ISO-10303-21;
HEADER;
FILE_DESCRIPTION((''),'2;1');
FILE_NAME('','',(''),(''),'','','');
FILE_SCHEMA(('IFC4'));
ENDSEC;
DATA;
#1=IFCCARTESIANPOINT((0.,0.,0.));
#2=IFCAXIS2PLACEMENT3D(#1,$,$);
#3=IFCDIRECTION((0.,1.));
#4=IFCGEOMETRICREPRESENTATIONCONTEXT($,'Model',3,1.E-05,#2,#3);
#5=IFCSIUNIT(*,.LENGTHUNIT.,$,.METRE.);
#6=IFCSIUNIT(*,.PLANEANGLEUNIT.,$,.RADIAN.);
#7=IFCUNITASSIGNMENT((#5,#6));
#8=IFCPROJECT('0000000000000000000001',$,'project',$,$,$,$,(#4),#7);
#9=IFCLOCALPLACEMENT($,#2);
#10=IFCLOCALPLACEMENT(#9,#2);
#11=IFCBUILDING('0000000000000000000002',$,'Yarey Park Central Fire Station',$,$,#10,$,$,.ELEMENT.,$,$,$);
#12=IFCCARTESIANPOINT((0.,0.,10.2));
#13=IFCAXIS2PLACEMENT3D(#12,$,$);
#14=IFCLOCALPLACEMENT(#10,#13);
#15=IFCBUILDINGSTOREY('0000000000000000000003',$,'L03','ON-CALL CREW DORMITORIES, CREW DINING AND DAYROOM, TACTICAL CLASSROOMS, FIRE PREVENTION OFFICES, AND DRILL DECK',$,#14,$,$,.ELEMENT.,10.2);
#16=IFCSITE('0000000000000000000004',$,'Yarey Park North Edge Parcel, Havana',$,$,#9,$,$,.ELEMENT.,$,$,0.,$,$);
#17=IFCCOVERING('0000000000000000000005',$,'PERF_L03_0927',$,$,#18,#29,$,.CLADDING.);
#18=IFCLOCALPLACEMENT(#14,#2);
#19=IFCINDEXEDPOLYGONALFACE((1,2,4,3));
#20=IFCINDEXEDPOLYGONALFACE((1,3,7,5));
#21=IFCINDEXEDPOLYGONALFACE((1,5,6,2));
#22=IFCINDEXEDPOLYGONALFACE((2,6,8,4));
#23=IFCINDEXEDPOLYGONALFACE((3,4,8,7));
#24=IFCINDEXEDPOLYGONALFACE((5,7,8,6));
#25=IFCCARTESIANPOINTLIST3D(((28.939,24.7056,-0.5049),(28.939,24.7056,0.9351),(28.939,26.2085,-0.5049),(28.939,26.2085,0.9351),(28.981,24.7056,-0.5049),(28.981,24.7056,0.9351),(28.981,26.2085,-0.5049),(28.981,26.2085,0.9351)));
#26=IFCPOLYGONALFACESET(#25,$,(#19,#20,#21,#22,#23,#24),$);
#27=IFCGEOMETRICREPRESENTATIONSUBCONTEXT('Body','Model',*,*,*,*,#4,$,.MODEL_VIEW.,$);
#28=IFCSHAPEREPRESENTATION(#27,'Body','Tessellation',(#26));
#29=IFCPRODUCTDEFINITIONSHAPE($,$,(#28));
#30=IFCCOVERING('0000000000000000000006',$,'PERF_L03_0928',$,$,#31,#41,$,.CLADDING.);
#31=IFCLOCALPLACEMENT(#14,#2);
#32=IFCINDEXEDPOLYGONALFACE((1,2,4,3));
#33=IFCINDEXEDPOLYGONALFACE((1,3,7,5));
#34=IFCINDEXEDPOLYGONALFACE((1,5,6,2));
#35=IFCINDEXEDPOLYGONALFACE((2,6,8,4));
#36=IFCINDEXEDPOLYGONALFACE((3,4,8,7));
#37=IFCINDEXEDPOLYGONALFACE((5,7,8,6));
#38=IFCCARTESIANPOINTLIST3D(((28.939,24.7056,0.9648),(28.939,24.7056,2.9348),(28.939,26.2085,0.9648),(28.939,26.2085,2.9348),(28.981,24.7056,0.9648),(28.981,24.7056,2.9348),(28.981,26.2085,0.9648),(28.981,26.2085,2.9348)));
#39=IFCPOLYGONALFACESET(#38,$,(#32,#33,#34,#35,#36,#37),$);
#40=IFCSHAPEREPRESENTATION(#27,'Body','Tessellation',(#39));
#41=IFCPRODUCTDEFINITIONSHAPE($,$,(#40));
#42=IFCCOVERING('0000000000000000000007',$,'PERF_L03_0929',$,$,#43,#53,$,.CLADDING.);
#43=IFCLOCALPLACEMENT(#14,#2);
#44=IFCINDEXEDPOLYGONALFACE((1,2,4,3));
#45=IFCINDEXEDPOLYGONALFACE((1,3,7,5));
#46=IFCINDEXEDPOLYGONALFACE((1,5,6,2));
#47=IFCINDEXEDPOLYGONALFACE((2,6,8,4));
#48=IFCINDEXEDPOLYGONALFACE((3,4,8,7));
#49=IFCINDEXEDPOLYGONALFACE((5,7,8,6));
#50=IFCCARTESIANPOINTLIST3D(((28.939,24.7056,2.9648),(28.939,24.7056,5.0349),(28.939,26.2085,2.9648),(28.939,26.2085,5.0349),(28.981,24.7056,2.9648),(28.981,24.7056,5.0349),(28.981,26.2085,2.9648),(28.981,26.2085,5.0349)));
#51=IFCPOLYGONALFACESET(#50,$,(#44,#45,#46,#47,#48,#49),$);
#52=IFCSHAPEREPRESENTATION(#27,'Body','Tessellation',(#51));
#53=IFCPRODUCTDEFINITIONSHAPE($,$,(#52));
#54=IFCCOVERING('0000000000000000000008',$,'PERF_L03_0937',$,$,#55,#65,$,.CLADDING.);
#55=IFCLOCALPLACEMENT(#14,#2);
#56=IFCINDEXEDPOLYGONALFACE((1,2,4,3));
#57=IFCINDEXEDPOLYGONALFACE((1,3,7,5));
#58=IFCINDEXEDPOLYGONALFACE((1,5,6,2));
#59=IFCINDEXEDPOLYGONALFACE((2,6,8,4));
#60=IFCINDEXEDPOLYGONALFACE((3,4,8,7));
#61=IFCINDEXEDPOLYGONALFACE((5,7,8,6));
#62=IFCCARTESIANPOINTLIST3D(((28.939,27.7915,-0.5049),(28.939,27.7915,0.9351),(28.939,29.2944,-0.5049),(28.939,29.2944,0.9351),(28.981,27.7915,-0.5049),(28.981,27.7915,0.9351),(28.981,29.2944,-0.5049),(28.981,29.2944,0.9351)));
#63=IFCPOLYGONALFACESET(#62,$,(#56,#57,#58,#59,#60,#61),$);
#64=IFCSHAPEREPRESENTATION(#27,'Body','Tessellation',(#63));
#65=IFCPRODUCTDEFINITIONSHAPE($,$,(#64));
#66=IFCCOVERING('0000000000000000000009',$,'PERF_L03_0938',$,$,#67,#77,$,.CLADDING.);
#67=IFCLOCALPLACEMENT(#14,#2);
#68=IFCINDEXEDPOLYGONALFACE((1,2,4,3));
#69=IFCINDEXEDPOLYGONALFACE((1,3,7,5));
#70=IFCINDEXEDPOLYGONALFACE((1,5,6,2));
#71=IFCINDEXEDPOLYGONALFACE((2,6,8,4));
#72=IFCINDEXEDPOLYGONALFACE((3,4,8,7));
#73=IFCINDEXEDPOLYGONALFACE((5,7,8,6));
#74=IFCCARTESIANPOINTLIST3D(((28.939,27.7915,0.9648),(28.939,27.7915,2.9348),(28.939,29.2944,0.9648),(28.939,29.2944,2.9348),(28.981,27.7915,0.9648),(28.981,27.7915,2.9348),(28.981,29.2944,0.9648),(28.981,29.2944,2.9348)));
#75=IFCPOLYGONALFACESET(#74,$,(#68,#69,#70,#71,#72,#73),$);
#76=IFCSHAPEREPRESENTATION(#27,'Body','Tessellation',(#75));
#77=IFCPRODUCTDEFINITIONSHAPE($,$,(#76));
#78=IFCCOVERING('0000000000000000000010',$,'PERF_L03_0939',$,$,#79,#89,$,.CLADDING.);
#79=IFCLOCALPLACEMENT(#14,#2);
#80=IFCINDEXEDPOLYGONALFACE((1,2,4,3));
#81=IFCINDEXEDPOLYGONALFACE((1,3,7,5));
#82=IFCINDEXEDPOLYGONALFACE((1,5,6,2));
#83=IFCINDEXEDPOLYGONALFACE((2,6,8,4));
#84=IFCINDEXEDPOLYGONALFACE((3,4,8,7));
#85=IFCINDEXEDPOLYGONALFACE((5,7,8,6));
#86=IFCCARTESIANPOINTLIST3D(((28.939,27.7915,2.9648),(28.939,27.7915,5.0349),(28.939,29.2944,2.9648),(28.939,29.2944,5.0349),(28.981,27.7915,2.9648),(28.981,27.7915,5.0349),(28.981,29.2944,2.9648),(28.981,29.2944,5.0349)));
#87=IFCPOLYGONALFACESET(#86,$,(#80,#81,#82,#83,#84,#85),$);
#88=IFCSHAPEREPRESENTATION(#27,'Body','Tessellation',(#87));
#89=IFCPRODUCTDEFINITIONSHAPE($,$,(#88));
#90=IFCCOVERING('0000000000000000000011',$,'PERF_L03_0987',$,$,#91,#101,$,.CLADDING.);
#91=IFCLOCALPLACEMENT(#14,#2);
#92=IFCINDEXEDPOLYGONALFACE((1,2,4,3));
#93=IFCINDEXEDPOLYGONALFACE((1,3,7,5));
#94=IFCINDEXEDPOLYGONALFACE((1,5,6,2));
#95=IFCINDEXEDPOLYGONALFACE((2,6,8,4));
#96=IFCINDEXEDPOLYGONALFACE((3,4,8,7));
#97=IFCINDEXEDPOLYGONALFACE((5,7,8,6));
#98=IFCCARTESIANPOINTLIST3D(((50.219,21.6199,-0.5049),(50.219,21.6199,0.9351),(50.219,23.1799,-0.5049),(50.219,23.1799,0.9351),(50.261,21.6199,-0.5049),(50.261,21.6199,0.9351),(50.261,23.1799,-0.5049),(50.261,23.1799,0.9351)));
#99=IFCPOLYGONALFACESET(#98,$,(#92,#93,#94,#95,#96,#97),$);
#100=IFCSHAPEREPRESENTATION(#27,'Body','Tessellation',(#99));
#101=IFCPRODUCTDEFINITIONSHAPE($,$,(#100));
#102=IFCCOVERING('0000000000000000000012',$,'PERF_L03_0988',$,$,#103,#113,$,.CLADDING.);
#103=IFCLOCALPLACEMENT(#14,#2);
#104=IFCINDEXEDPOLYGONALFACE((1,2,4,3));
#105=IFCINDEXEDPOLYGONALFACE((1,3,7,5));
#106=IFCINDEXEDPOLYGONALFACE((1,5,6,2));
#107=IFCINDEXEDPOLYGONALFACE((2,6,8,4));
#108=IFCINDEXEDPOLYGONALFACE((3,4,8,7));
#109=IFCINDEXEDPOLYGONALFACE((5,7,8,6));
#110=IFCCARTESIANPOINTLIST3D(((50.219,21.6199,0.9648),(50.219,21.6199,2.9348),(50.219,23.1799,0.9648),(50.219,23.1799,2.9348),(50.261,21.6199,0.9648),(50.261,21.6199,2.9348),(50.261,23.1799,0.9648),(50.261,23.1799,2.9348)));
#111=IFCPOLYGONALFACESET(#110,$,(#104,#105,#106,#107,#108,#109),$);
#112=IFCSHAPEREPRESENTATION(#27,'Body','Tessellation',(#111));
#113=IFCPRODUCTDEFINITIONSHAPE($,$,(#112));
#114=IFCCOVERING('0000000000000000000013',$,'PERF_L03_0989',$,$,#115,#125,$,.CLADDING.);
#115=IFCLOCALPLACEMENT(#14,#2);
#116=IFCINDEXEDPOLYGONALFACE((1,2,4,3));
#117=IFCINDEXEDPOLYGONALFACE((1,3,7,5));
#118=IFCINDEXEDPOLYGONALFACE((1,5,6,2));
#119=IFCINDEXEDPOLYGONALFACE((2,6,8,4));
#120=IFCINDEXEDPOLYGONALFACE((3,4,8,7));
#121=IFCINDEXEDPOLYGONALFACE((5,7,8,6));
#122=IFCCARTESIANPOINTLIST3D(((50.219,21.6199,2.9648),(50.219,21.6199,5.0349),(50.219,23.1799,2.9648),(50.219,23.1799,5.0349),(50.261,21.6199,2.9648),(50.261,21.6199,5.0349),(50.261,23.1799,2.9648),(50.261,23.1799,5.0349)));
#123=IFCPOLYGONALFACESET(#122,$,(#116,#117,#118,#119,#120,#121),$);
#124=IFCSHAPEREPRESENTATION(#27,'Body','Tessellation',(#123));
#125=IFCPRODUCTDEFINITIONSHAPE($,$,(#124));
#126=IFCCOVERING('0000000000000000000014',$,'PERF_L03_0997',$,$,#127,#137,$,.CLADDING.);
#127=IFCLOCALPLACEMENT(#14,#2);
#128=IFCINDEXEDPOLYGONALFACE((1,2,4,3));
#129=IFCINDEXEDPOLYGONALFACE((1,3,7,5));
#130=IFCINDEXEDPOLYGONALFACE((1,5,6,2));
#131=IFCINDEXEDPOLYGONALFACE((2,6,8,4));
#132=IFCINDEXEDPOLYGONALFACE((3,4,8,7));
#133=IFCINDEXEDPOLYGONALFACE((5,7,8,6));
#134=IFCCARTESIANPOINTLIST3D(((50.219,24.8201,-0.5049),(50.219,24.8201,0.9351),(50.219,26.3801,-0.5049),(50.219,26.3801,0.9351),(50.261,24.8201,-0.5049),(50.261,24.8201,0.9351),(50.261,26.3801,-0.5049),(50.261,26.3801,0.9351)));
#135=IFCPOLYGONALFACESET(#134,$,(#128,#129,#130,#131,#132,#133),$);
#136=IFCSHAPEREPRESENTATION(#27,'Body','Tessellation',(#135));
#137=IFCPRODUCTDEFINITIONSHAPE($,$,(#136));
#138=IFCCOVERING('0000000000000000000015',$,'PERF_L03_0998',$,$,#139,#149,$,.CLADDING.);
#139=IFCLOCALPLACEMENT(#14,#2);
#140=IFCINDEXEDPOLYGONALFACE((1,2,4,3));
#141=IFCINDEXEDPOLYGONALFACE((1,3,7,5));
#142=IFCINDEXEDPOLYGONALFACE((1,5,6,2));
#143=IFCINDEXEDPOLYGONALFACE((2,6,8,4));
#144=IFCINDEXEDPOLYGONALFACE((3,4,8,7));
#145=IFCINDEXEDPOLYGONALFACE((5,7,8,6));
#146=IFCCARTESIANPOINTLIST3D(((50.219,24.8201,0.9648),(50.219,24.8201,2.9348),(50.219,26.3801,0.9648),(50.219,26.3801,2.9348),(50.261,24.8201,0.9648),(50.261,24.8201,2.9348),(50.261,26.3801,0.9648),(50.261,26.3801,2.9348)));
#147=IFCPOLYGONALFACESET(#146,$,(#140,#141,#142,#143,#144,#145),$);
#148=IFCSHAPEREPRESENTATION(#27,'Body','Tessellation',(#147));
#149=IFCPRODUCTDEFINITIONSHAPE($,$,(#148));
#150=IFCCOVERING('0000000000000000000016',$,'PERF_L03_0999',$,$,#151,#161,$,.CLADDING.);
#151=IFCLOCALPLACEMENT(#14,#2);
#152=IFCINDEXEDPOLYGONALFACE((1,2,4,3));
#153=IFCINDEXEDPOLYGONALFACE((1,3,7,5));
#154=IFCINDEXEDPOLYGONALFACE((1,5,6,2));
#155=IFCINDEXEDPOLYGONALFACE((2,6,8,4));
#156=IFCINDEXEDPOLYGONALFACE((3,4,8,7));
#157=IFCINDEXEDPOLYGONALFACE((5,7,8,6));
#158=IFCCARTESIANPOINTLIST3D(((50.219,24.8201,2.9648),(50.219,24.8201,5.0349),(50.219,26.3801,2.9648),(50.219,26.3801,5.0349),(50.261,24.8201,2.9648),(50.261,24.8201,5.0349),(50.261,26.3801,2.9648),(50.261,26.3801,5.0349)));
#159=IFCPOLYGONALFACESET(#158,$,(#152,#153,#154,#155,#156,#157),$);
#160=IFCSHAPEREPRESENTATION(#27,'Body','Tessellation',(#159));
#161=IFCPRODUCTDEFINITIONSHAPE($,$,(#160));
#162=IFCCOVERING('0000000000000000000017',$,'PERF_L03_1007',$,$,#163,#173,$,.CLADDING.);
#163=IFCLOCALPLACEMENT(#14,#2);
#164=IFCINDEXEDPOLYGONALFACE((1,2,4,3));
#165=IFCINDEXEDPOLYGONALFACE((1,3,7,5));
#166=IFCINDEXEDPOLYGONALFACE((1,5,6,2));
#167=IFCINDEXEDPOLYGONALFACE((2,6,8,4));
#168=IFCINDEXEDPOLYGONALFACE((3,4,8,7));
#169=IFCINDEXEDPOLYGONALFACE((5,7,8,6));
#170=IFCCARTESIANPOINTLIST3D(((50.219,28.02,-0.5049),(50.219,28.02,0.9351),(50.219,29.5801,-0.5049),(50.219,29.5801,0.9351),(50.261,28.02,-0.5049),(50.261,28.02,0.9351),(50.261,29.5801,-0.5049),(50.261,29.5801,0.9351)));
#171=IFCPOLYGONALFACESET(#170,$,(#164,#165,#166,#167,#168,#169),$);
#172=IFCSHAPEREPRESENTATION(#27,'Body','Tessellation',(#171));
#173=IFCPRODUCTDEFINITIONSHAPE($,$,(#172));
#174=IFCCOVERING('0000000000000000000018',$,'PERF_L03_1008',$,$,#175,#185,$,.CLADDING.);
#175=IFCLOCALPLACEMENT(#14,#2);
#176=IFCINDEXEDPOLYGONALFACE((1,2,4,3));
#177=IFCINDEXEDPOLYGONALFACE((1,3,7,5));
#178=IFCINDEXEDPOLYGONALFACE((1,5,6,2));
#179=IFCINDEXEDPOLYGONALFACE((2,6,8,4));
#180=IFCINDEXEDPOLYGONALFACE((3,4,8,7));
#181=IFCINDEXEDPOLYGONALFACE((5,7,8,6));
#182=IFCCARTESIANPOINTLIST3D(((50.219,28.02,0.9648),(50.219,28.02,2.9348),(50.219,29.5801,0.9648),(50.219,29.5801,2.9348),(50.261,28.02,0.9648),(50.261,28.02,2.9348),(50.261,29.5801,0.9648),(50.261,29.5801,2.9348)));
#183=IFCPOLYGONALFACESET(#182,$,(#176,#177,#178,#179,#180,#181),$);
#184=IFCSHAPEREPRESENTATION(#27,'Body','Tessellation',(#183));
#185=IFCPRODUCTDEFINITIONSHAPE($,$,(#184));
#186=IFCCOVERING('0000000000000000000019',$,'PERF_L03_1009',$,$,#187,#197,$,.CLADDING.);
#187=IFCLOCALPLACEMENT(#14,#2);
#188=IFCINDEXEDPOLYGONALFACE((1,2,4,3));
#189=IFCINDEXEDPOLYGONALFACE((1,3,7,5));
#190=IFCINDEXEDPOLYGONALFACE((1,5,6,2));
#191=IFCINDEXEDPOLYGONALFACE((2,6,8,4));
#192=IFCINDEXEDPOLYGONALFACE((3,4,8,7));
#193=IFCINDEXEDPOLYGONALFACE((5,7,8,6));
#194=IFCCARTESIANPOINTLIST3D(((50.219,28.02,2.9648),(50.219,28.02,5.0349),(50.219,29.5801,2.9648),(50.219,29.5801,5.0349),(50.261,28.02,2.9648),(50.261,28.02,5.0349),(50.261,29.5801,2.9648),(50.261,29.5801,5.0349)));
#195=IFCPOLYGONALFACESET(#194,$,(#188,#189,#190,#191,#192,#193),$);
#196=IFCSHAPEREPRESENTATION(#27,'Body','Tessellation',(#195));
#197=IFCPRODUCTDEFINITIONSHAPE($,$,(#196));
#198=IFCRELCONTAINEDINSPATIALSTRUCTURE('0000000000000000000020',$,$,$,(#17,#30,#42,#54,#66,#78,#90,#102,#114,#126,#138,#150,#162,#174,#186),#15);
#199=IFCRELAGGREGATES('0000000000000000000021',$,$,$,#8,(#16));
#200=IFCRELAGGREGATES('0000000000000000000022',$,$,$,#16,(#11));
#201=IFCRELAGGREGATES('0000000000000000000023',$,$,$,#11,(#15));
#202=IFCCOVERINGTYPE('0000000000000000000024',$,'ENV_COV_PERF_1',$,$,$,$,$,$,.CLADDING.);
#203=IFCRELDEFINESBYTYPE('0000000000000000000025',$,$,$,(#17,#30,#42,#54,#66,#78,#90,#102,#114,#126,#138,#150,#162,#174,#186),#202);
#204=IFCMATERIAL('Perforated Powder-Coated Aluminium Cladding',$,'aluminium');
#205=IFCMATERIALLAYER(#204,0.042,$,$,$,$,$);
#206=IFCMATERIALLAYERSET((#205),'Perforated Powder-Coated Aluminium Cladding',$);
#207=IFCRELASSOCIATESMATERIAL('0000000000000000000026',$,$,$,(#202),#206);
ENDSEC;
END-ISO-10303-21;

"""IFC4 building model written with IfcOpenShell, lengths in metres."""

from ifc_helpers import new_model, si_unit, direction, frame, origin, origin_2d, place, context, subcontext, project, spatial, rectangle, extrude, material, layer, layer_set, type_object, element, save


model = new_model("IFC4")

# Units and contexts
model_context = context("Model", 3, precision=1e-05, world=origin(), true_north=direction((0.0, 1.0)))
body_context = subcontext(model_context, "Body", "Model", "MODEL_VIEW")
ifc_project = project(units=[si_unit("LENGTHUNIT", "METRE"), si_unit("PLANEANGLEUNIT", "RADIAN")], contexts=[model_context])

# Site, building, storey
site_placement = place(None, origin())
site = spatial("IfcSite", under=ifc_project, at=site_placement, Name="Yarey Park North Edge Parcel, Havana", CompositionType="ELEMENT", RefElevation=0.0)
building_placement = place(site_placement, origin())
building = spatial("IfcBuilding", under=site, at=building_placement, Name="Yarey Park Central Fire Station", CompositionType="ELEMENT")
storey_placement = place(building_placement, frame((0.0, 0.0, 10.2)))
storey = spatial("IfcBuildingStorey", under=building, at=storey_placement, Name="L03", Description="ON-CALL CREW DORMITORIES, CREW DINING AND DAYROOM, TACTICAL CLASSROOMS, FIRE PREVENTION OFFICES, AND DRILL DECK", CompositionType="ELEMENT", Elevation=10.2)

# Coverings
ifc_material = material(Name="Perforated Powder-Coated Aluminium Cladding", Category="aluminium")
ifc_layer_1 = layer(ifc_material, 0.042)
ifc_layer_set_1 = layer_set([ifc_layer_1], Name="Perforated Powder-Coated Aluminium Cladding")
covering_type_1 = type_object("IfcCoveringType", Name="ENV_COV_PERF_1", PredefinedType="CLADDING", material=ifc_layer_set_1)
covering_1_placement = place(storey_placement, frame((28.96, 25.457, -0.5049), z_axis=(0.0, 0.0, 1.0), x_axis=(0.0, 1.0, 0.0)))
element("IfcCovering", 1, at=covering_1_placement, inside=storey, type_object=covering_type_1, Name="PERF_L03_0927", PredefinedType="CLADDING", context=body_context, shape_type="SweptSolid", body=[
    extrude(rectangle(XDim=1.5029, YDim=0.042, at=origin_2d()), origin(), (0.0, 0.0, 1.0), 1.4399),
])
covering_2_placement = place(storey_placement, frame((28.96, 25.457, 0.9648), z_axis=(0.0, 0.0, 1.0), x_axis=(0.0, 1.0, 0.0)))
element("IfcCovering", 2, at=covering_2_placement, inside=storey, type_object=covering_type_1, Name="PERF_L03_0928", PredefinedType="CLADDING", context=body_context, shape_type="SweptSolid", body=[
    extrude(rectangle(XDim=1.5029, YDim=0.042, at=origin_2d()), origin(), (0.0, 0.0, 1.0), 1.97),
])
covering_3_placement = place(storey_placement, frame((28.96, 25.457, 2.9648), z_axis=(0.0, 0.0, 1.0), x_axis=(0.0, 1.0, 0.0)))
element("IfcCovering", 3, at=covering_3_placement, inside=storey, type_object=covering_type_1, Name="PERF_L03_0929", PredefinedType="CLADDING", context=body_context, shape_type="SweptSolid", body=[
    extrude(rectangle(XDim=1.5029, YDim=0.042, at=origin_2d()), origin(), (0.0, 0.0, 1.0), 2.0701),
])
covering_4_placement = place(storey_placement, frame((28.96, 28.543, -0.5049), z_axis=(0.0, 0.0, 1.0), x_axis=(0.0, 1.0, 0.0)))
element("IfcCovering", 4, at=covering_4_placement, inside=storey, type_object=covering_type_1, Name="PERF_L03_0937", PredefinedType="CLADDING", context=body_context, shape_type="SweptSolid", body=[
    extrude(rectangle(XDim=1.5029, YDim=0.042, at=origin_2d()), origin(), (0.0, 0.0, 1.0), 1.4399),
])
covering_5_placement = place(storey_placement, frame((28.96, 28.543, 0.9648), z_axis=(0.0, 0.0, 1.0), x_axis=(0.0, 1.0, 0.0)))
element("IfcCovering", 5, at=covering_5_placement, inside=storey, type_object=covering_type_1, Name="PERF_L03_0938", PredefinedType="CLADDING", context=body_context, shape_type="SweptSolid", body=[
    extrude(rectangle(XDim=1.5029, YDim=0.042, at=origin_2d()), origin(), (0.0, 0.0, 1.0), 1.97),
])
covering_6_placement = place(storey_placement, frame((28.96, 28.543, 2.9648), z_axis=(0.0, 0.0, 1.0), x_axis=(0.0, 1.0, 0.0)))
element("IfcCovering", 6, at=covering_6_placement, inside=storey, type_object=covering_type_1, Name="PERF_L03_0939", PredefinedType="CLADDING", context=body_context, shape_type="SweptSolid", body=[
    extrude(rectangle(XDim=1.5029, YDim=0.042, at=origin_2d()), origin(), (0.0, 0.0, 1.0), 2.0701),
])
covering_7_placement = place(storey_placement, frame((50.24, 22.3999, -0.5049), z_axis=(0.0, 0.0, 1.0), x_axis=(0.0, 1.0, 0.0)))
element("IfcCovering", 7, at=covering_7_placement, inside=storey, type_object=covering_type_1, Name="PERF_L03_0987", PredefinedType="CLADDING", context=body_context, shape_type="SweptSolid", body=[
    extrude(rectangle(XDim=1.5601, YDim=0.042, at=origin_2d()), origin(), (0.0, 0.0, 1.0), 1.4399),
])
covering_8_placement = place(storey_placement, frame((50.24, 22.3999, 0.9648), z_axis=(0.0, 0.0, 1.0), x_axis=(0.0, 1.0, 0.0)))
element("IfcCovering", 8, at=covering_8_placement, inside=storey, type_object=covering_type_1, Name="PERF_L03_0988", PredefinedType="CLADDING", context=body_context, shape_type="SweptSolid", body=[
    extrude(rectangle(XDim=1.5601, YDim=0.042, at=origin_2d()), origin(), (0.0, 0.0, 1.0), 1.97),
])
covering_9_placement = place(storey_placement, frame((50.24, 22.3999, 2.9648), z_axis=(0.0, 0.0, 1.0), x_axis=(0.0, 1.0, 0.0)))
element("IfcCovering", 9, at=covering_9_placement, inside=storey, type_object=covering_type_1, Name="PERF_L03_0989", PredefinedType="CLADDING", context=body_context, shape_type="SweptSolid", body=[
    extrude(rectangle(XDim=1.5601, YDim=0.042, at=origin_2d()), origin(), (0.0, 0.0, 1.0), 2.0701),
])
covering_10_placement = place(storey_placement, frame((50.24, 25.6001, -0.5049), z_axis=(0.0, 0.0, 1.0), x_axis=(0.0, 1.0, 0.0)))
element("IfcCovering", 10, at=covering_10_placement, inside=storey, type_object=covering_type_1, Name="PERF_L03_0997", PredefinedType="CLADDING", context=body_context, shape_type="SweptSolid", body=[
    extrude(rectangle(XDim=1.5601, YDim=0.042, at=origin_2d()), origin(), (0.0, 0.0, 1.0), 1.4399),
])
covering_11_placement = place(storey_placement, frame((50.24, 25.6001, 0.9648), z_axis=(0.0, 0.0, 1.0), x_axis=(0.0, 1.0, 0.0)))
element("IfcCovering", 11, at=covering_11_placement, inside=storey, type_object=covering_type_1, Name="PERF_L03_0998", PredefinedType="CLADDING", context=body_context, shape_type="SweptSolid", body=[
    extrude(rectangle(XDim=1.5601, YDim=0.042, at=origin_2d()), origin(), (0.0, 0.0, 1.0), 1.97),
])
covering_12_placement = place(storey_placement, frame((50.24, 25.6001, 2.9648), z_axis=(0.0, 0.0, 1.0), x_axis=(0.0, 1.0, 0.0)))
element("IfcCovering", 12, at=covering_12_placement, inside=storey, type_object=covering_type_1, Name="PERF_L03_0999", PredefinedType="CLADDING", context=body_context, shape_type="SweptSolid", body=[
    extrude(rectangle(XDim=1.5601, YDim=0.042, at=origin_2d()), origin(), (0.0, 0.0, 1.0), 2.0701),
])
covering_13_placement = place(storey_placement, frame((50.24, 28.8, -0.5049), z_axis=(0.0, 0.0, 1.0), x_axis=(0.0, 1.0, 0.0)))
element("IfcCovering", 13, at=covering_13_placement, inside=storey, type_object=covering_type_1, Name="PERF_L03_1007", PredefinedType="CLADDING", context=body_context, shape_type="SweptSolid", body=[
    extrude(rectangle(XDim=1.5601, YDim=0.042, at=origin_2d()), origin(), (0.0, 0.0, 1.0), 1.4399),
])
covering_14_placement = place(storey_placement, frame((50.24, 28.8, 0.9648), z_axis=(0.0, 0.0, 1.0), x_axis=(0.0, 1.0, 0.0)))
element("IfcCovering", 14, at=covering_14_placement, inside=storey, type_object=covering_type_1, Name="PERF_L03_1008", PredefinedType="CLADDING", context=body_context, shape_type="SweptSolid", body=[
    extrude(rectangle(XDim=1.5601, YDim=0.042, at=origin_2d()), origin(), (0.0, 0.0, 1.0), 1.97),
])
covering_15_placement = place(storey_placement, frame((50.24, 28.8, 2.9648), z_axis=(0.0, 0.0, 1.0), x_axis=(0.0, 1.0, 0.0)))
element("IfcCovering", 15, at=covering_15_placement, inside=storey, type_object=covering_type_1, Name="PERF_L03_1009", PredefinedType="CLADDING", context=body_context, shape_type="SweptSolid", body=[
    extrude(rectangle(XDim=1.5601, YDim=0.042, at=origin_2d()), origin(), (0.0, 0.0, 1.0), 2.0701),
])

save(model, "model.ifc")
